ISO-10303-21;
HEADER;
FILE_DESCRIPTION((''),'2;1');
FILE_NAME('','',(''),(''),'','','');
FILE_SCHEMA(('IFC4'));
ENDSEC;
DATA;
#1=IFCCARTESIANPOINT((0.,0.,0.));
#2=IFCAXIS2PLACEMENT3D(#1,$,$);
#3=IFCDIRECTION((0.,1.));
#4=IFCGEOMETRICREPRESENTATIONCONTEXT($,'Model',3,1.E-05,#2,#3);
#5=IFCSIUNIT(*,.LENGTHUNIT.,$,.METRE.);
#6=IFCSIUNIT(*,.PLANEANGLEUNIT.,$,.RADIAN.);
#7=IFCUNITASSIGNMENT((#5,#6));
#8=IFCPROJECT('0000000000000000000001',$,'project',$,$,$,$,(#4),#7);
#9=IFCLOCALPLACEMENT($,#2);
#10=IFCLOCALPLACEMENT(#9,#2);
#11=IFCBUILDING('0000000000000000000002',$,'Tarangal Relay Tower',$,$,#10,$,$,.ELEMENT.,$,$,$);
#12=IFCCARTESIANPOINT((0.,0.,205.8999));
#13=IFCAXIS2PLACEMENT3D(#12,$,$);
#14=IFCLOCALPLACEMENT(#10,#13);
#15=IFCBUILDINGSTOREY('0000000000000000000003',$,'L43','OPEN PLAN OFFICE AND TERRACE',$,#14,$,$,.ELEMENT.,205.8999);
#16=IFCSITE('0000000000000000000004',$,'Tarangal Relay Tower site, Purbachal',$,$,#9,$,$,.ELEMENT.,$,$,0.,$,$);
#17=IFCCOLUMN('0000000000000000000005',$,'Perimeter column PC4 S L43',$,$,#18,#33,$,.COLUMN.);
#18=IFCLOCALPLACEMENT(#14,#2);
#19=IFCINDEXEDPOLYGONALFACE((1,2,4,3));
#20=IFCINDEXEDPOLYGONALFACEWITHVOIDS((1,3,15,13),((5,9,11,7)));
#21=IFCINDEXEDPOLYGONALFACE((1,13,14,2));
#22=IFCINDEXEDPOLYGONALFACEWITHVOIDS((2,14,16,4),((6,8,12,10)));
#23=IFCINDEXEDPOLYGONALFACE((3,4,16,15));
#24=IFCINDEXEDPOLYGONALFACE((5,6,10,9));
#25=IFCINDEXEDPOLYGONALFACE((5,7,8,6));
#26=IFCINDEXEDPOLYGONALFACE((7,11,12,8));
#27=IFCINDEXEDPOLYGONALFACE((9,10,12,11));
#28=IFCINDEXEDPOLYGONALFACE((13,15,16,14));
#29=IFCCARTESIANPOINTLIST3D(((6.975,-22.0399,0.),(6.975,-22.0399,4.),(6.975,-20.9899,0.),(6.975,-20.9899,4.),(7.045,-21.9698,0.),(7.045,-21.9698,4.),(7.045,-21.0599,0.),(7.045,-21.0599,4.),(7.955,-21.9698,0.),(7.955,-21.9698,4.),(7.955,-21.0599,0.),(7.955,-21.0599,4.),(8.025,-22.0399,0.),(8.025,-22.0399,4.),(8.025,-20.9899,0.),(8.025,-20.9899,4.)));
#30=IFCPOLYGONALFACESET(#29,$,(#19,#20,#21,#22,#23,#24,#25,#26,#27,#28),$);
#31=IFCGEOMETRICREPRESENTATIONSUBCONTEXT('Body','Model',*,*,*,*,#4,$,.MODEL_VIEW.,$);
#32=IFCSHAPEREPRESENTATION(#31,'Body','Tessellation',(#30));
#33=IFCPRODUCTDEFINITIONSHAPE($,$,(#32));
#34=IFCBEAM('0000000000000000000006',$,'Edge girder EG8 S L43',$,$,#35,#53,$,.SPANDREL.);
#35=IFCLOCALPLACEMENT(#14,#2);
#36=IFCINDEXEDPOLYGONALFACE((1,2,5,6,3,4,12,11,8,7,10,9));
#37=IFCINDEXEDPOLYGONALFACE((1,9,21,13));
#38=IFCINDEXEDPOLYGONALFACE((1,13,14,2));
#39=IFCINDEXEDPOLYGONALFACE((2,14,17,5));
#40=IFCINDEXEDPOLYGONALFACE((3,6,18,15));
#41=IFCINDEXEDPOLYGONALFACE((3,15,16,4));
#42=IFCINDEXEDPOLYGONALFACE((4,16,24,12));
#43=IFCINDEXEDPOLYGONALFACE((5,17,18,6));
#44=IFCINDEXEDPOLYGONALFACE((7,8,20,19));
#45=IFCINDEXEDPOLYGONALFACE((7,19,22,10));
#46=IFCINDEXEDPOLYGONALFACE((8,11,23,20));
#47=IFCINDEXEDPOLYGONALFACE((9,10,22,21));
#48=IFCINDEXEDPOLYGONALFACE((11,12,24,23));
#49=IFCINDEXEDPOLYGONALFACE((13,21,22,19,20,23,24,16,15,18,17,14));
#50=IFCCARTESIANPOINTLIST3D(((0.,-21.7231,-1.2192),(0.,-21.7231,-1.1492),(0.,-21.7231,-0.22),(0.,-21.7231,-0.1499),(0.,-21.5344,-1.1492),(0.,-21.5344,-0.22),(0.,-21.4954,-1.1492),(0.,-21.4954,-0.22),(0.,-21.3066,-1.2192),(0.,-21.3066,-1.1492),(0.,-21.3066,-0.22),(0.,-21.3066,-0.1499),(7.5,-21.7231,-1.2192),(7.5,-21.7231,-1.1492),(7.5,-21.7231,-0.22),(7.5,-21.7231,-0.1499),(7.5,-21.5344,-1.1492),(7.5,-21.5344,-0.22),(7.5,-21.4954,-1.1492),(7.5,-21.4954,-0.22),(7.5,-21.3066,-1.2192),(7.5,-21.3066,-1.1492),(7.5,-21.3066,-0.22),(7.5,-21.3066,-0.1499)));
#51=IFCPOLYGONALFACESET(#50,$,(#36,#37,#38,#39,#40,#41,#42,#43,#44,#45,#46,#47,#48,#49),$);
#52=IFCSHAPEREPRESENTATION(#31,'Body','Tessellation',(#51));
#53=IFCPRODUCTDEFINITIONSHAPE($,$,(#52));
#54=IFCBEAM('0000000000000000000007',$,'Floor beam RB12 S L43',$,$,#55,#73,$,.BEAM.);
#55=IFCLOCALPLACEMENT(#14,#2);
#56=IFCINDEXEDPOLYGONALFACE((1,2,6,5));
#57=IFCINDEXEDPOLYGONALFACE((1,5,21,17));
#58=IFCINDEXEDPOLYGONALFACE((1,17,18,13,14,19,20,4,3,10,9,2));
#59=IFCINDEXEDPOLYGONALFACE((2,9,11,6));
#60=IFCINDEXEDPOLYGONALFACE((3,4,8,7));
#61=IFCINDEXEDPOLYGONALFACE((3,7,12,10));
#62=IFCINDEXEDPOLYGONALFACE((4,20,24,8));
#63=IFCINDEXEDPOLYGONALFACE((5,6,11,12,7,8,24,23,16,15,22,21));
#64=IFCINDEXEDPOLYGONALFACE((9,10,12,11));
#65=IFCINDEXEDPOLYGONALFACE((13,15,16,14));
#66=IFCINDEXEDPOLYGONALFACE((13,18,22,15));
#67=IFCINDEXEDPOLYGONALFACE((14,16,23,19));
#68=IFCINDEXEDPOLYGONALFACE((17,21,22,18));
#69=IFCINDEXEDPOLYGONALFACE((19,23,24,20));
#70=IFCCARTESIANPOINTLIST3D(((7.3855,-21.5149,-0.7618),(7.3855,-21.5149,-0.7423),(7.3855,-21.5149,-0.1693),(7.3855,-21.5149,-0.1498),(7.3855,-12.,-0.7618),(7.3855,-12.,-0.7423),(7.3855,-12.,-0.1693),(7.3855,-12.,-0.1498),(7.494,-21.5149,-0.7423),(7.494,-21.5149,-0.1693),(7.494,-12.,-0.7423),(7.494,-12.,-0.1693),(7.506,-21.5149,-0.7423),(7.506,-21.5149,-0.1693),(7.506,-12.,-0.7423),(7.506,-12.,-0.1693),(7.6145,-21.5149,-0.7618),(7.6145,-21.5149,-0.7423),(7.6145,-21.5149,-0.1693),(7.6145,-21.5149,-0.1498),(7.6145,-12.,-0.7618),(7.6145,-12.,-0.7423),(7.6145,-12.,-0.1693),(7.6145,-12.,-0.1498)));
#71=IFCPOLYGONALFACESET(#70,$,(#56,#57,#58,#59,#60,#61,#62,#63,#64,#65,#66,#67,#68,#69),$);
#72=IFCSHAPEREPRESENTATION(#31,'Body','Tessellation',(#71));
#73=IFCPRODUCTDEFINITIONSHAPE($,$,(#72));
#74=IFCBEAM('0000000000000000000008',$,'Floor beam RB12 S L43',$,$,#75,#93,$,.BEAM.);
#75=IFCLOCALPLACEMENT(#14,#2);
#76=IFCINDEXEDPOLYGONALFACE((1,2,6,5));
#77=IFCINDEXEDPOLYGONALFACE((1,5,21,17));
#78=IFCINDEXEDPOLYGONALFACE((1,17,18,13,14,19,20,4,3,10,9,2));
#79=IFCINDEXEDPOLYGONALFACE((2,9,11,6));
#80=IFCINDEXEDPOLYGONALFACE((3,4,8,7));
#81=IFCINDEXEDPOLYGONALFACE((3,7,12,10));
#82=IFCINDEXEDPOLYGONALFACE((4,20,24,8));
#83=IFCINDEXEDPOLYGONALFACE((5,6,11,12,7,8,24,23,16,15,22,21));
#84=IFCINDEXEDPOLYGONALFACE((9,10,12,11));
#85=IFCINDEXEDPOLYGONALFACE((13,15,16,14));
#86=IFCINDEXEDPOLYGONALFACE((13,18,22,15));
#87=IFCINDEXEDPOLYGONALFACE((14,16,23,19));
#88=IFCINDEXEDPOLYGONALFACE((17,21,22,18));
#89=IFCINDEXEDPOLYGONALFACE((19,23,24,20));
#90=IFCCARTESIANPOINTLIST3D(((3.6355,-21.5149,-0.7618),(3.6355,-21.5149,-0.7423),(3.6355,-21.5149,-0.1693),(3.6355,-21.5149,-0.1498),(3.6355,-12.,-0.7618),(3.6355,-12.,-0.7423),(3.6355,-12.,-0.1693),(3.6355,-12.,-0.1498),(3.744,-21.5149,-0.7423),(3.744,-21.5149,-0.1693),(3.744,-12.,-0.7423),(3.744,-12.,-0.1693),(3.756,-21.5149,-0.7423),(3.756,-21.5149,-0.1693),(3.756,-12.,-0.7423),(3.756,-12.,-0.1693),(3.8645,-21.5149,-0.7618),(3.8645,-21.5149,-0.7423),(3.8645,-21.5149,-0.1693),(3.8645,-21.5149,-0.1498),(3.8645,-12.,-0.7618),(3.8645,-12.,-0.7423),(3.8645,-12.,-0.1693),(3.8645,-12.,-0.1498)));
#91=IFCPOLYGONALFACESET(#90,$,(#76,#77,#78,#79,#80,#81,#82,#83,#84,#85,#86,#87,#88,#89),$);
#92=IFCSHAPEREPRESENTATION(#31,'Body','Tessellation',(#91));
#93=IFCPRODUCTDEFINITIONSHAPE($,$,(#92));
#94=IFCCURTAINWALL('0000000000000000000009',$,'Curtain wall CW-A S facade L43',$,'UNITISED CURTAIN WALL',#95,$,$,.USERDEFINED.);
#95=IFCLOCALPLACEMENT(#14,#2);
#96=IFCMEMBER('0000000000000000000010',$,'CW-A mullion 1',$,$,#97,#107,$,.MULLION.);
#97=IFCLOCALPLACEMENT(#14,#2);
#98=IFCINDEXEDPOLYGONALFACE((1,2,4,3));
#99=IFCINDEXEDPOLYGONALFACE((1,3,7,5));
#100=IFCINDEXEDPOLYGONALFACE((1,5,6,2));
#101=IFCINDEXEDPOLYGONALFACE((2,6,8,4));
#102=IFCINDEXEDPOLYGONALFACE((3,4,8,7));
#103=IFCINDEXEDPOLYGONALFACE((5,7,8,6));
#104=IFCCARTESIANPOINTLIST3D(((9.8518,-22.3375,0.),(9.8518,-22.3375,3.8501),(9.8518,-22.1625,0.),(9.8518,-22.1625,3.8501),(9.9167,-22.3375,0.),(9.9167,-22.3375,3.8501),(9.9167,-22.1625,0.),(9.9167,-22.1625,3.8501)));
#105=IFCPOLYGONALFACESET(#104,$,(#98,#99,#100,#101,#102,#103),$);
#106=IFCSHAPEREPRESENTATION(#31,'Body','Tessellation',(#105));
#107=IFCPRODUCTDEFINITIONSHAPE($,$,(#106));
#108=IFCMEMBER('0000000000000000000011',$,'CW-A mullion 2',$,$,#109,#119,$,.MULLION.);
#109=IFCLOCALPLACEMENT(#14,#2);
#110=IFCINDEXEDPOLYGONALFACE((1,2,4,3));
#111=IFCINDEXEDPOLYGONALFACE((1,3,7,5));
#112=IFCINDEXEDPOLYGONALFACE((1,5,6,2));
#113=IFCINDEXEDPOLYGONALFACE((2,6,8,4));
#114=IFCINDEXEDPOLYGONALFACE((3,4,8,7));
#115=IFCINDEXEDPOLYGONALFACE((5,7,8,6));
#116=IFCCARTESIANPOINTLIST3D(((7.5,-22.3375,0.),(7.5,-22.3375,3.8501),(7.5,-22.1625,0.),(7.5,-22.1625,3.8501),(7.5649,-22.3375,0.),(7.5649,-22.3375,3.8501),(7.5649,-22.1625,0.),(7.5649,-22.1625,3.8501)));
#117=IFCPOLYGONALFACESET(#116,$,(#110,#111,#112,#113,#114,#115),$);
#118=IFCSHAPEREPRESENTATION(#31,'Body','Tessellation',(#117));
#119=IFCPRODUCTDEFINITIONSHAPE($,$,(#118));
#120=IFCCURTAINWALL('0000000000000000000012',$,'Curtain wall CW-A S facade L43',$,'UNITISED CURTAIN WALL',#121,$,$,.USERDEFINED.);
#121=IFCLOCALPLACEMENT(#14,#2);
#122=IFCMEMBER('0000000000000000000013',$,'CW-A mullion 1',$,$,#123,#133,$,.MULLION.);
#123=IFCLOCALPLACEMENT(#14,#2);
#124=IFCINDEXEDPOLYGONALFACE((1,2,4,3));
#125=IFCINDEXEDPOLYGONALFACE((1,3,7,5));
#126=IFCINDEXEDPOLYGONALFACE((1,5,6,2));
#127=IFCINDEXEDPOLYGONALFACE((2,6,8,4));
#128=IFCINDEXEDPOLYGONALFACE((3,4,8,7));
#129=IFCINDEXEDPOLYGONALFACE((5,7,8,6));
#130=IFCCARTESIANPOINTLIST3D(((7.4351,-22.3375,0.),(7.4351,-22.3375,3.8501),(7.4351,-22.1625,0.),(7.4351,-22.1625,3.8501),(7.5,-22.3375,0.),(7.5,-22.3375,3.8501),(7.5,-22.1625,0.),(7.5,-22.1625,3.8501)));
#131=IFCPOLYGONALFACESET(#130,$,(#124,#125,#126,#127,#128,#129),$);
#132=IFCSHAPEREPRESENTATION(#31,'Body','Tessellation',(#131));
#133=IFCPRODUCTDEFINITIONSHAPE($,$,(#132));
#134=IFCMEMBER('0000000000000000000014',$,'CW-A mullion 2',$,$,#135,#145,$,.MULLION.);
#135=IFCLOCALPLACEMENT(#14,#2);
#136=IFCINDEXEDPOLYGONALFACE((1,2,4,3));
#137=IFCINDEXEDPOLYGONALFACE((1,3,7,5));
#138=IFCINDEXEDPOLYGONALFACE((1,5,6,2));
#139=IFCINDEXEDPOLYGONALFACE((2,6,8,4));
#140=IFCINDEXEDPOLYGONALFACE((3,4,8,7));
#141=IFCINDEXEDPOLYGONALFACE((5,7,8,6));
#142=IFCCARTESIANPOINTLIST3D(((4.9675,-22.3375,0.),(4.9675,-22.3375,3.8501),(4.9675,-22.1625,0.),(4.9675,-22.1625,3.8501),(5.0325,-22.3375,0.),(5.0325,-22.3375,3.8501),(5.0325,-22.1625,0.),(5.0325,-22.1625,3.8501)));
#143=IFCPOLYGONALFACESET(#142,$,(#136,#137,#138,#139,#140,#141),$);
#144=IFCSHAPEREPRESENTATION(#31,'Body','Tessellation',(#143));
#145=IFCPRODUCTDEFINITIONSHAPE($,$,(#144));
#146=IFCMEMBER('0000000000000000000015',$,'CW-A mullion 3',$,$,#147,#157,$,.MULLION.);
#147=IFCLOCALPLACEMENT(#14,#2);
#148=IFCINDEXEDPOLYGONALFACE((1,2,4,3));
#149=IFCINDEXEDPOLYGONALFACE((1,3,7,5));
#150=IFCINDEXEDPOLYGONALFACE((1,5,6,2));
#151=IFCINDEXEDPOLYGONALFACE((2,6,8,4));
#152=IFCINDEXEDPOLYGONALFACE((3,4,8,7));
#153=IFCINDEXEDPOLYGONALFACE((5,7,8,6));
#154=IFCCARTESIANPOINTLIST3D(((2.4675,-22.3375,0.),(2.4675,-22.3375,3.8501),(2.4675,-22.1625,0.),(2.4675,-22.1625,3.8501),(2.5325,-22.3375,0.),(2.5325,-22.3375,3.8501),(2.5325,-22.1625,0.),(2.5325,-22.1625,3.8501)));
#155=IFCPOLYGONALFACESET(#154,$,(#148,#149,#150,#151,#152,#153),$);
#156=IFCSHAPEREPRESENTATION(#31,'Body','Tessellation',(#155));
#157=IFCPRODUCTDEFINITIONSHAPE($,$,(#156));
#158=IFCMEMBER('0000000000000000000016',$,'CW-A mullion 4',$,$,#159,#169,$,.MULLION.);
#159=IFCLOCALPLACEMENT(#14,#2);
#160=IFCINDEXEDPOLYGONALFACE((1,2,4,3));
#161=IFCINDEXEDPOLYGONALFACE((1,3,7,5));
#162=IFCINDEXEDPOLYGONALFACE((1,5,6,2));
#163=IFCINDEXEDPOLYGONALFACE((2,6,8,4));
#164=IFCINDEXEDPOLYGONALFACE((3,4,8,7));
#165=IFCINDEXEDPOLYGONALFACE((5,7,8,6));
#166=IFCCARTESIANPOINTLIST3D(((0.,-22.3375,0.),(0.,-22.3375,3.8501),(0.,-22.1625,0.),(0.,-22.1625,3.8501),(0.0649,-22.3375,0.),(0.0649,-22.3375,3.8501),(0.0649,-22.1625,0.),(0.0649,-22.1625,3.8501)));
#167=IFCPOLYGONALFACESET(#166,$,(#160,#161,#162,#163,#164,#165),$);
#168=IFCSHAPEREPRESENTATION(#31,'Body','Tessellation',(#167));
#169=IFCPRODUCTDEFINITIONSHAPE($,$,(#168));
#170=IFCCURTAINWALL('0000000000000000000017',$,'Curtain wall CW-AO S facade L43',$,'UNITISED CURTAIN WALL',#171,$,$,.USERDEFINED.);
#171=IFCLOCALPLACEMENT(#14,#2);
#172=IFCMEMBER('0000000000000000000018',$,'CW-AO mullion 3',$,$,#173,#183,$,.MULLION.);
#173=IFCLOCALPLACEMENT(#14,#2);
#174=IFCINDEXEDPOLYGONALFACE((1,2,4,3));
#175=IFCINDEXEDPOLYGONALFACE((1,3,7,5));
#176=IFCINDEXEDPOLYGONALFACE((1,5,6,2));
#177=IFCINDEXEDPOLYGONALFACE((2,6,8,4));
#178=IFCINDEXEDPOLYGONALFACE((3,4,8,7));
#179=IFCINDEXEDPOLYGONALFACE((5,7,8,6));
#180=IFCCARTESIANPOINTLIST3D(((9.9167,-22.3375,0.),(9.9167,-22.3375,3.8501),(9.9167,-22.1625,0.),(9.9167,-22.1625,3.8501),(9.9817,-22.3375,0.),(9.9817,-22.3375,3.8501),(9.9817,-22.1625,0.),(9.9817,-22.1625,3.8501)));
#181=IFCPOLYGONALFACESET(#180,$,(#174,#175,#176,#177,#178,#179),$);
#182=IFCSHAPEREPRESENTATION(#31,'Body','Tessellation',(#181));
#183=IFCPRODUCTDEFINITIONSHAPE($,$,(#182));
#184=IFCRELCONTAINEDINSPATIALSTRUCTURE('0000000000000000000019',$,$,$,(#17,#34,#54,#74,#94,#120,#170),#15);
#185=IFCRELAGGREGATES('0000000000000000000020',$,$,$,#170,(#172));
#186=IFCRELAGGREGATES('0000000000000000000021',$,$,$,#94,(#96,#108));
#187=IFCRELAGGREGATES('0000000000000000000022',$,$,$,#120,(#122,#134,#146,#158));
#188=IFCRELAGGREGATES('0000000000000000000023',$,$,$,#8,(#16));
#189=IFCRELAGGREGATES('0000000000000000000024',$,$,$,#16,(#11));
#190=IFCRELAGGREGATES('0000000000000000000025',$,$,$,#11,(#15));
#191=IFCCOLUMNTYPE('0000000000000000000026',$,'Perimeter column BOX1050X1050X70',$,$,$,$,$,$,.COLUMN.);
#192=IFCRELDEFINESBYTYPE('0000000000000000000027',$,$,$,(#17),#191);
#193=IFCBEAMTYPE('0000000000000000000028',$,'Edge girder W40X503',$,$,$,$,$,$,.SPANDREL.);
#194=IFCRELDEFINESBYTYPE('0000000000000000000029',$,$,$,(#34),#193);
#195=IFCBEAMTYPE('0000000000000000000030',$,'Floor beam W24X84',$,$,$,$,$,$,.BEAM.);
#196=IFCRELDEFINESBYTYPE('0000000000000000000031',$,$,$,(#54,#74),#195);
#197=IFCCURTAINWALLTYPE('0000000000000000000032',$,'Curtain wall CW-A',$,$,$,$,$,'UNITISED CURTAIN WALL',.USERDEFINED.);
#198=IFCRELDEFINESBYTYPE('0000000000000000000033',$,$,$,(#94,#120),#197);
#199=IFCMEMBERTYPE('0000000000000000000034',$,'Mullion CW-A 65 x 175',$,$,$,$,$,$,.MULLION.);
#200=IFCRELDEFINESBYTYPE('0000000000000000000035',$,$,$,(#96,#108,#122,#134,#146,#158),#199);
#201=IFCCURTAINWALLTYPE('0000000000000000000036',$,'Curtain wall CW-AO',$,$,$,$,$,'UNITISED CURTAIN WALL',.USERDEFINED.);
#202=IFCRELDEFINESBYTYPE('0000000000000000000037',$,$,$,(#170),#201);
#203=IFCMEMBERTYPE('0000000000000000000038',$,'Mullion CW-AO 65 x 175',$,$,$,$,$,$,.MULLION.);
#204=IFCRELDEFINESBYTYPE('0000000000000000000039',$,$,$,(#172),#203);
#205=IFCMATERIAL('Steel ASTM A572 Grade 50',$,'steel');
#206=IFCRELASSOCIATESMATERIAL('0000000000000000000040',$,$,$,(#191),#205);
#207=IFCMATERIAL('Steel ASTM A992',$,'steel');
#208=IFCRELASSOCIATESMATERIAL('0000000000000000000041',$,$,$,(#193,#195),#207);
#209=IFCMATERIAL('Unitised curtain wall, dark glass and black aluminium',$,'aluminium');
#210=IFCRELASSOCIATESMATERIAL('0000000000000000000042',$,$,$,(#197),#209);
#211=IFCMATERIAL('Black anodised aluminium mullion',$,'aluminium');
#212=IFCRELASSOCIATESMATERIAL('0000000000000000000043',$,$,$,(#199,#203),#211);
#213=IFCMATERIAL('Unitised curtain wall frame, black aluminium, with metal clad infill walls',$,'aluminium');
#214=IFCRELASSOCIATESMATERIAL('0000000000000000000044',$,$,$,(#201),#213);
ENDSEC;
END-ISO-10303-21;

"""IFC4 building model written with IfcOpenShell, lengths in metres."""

from ifc_helpers import new_model, si_unit, direction, frame, origin, origin_2d, place, context, subcontext, project, spatial, rectangle, hollow_rectangle, i_section, extrude, material, material_profile, profile_set, type_object, element, aggregate, save


model = new_model("IFC4")

# Units and contexts
model_context = context("Model", 3, precision=1e-05, world=origin(), true_north=direction((0.0, 1.0)))
body_context = subcontext(model_context, "Body", "Model", "MODEL_VIEW")
ifc_project = project(units=[si_unit("LENGTHUNIT", "METRE"), si_unit("PLANEANGLEUNIT", "RADIAN")], contexts=[model_context])

# Site, building, storey
site_placement = place(None, origin())
site = spatial("IfcSite", under=ifc_project, at=site_placement, Name="Tarangal Relay Tower site, Purbachal", CompositionType="ELEMENT", RefElevation=0.0)
building_placement = place(site_placement, origin())
building = spatial("IfcBuilding", under=site, at=building_placement, Name="Tarangal Relay Tower", CompositionType="ELEMENT")
storey_placement = place(building_placement, frame((0.0, 0.0, 205.8999)))
storey = spatial("IfcBuildingStorey", under=building, at=storey_placement, Name="L43", Description="OPEN PLAN OFFICE AND TERRACE", CompositionType="ELEMENT", Elevation=205.8999)

# Column
ifc_material_1 = material(Name="Steel ASTM A572 Grade 50", Category="steel")
ifc_material_profile_1 = material_profile(ifc_material_1, hollow_rectangle(XDim=1.05, YDim=1.05, WallThickness=0.0701, at=origin_2d()), Name="BOX1050X1050X70")
ifc_profile_set_1 = profile_set([ifc_material_profile_1], Name="Steel ASTM A572 Grade 50")
column_type = type_object("IfcColumnType", Name="Perimeter column BOX1050X1050X70", PredefinedType="COLUMN", material=ifc_profile_set_1)
column_placement = place(storey_placement, frame((7.5, -21.5149, 0.0), z_axis=(0.0, 0.0, 1.0), x_axis=(1.0, 0.0, 0.0)))
element("IfcColumn", 1, at=column_placement, inside=storey, type_object=column_type, Name="Perimeter column PC4 S L43", PredefinedType="COLUMN", context=body_context, shape_type="SweptSolid", body=[
    extrude(hollow_rectangle(XDim=1.05, YDim=1.05, WallThickness=0.0701, at=origin_2d()), origin(), (0.0, 0.0, 1.0), 4.0),
])

# Beams
ifc_material_2 = material(Name="Steel ASTM A992", Category="steel")
ifc_material_profile_2 = material_profile(ifc_material_2, i_section(OverallWidth=0.4165, OverallDepth=1.0693, WebThickness=0.0391, FlangeThickness=0.0701, at=origin_2d()), Name="W40X503")
ifc_profile_set_2 = profile_set([ifc_material_profile_2], Name="Steel ASTM A992")
beam_type_1 = type_object("IfcBeamType", Name="Edge girder W40X503", PredefinedType="SPANDREL", material=ifc_profile_set_2)
beam_placement = place(storey_placement, frame((7.5, -21.5149, -0.6846), z_axis=(-1.0, 0.0, 0.0), x_axis=(0.0, -1.0, 0.0)))
element("IfcBeam", 2, at=beam_placement, inside=storey, type_object=beam_type_1, Name="Edge girder EG8 S L43", PredefinedType="SPANDREL", context=body_context, shape_type="SweptSolid", body=[
    extrude(i_section(OverallWidth=0.4165, OverallDepth=1.0693, WebThickness=0.0391, FlangeThickness=0.0701, at=origin_2d()), origin(), (0.0, 0.0, 1.0), 7.5),
])
ifc_material_profile_3 = material_profile(ifc_material_2, i_section(OverallWidth=0.229, OverallDepth=0.6121, WebThickness=0.012, FlangeThickness=0.0195, at=origin_2d()), Name="W24X84")
ifc_profile_set_3 = profile_set([ifc_material_profile_3], Name="Steel ASTM A992")
beam_type_2 = type_object("IfcBeamType", Name="Floor beam W24X84", PredefinedType="BEAM", material=ifc_profile_set_3)
for number, where, z_axis, x_axis, name in (
    (3, (7.5, -12.0, -0.4558), (0.0, -1.0, 0.0), (1.0, 0.0, 0.0), "Floor beam RB12 S L43"),
    (4, (3.75, -12.0, -0.4558), (0.0, -1.0, 0.0), (1.0, 0.0, 0.0), "Floor beam RB12 S L43"),
):
    element("IfcBeam", number, at=place(storey_placement, frame(where, z_axis=z_axis, x_axis=x_axis)), inside=storey, type_object=beam_type_2, Name=name, PredefinedType="BEAM", context=body_context, shape_type="SweptSolid", body=[
        extrude(i_section(OverallWidth=0.229, OverallDepth=0.6121, WebThickness=0.012, FlangeThickness=0.0195, at=origin_2d()), origin(), (0.0, 0.0, 1.0), 9.5149),
    ])

# Curtain walls, members
ifc_material_3 = material(Name="Unitised curtain wall, dark glass and black aluminium", Category="aluminium")
curtain_wall_type_1 = type_object("IfcCurtainWallType", Name="Curtain wall CW-A", ElementType="UNITISED CURTAIN WALL", PredefinedType="USERDEFINED", material=ifc_material_3)
curtain_wall_1_placement = place(storey_placement, origin())
curtain_wall_1 = element("IfcCurtainWall", 5, at=curtain_wall_1_placement, inside=storey, type_object=curtain_wall_type_1, Name="Curtain wall CW-A S facade L43", ObjectType="UNITISED CURTAIN WALL", PredefinedType="USERDEFINED")
ifc_material_4 = material(Name="Black anodised aluminium mullion", Category="aluminium")
ifc_material_profile_4 = material_profile(ifc_material_4, rectangle(XDim=0.175, YDim=0.0649, at=origin_2d()), Name="CW-AM 65X175")
ifc_profile_set_4 = profile_set([ifc_material_profile_4], Name="Black anodised aluminium mullion")
member_type_1 = type_object("IfcMemberType", Name="Mullion CW-A 65 x 175", PredefinedType="MULLION", material=ifc_profile_set_4)
member_1_placement = place(storey_placement, frame((9.8843, -22.25, 0.0), z_axis=(0.0, 0.0, 1.0), x_axis=(0.0, -1.0, 0.0)))
member_1 = element("IfcMember", 6, at=member_1_placement, type_object=member_type_1, Name="CW-A mullion 1", PredefinedType="MULLION", context=body_context, shape_type="SweptSolid", body=[
    extrude(rectangle(XDim=0.175, YDim=0.0649, at=origin_2d()), origin(), (0.0, 0.0, 1.0), 3.8501),
])
member_2_placement = place(storey_placement, frame((7.5325, -22.25, 0.0), z_axis=(0.0, 0.0, 1.0), x_axis=(0.0, -1.0, 0.0)))
member_2 = element("IfcMember", 7, at=member_2_placement, type_object=member_type_1, Name="CW-A mullion 2", PredefinedType="MULLION", context=body_context, shape_type="SweptSolid", body=[
    extrude(rectangle(XDim=0.175, YDim=0.0649, at=origin_2d()), origin(), (0.0, 0.0, 1.0), 3.8501),
])
curtain_wall_2_placement = place(storey_placement, origin())
curtain_wall_2 = element("IfcCurtainWall", 8, at=curtain_wall_2_placement, inside=storey, type_object=curtain_wall_type_1, Name="Curtain wall CW-A S facade L43", ObjectType="UNITISED CURTAIN WALL", PredefinedType="USERDEFINED")
member_3_placement = place(storey_placement, frame((7.4675, -22.25, 0.0), z_axis=(0.0, 0.0, 1.0), x_axis=(0.0, -1.0, 0.0)))
member_3 = element("IfcMember", 9, at=member_3_placement, type_object=member_type_1, Name="CW-A mullion 1", PredefinedType="MULLION", context=body_context, shape_type="SweptSolid", body=[
    extrude(rectangle(XDim=0.175, YDim=0.0649, at=origin_2d()), origin(), (0.0, 0.0, 1.0), 3.8501),
])
member_4_placement = place(storey_placement, frame((5.0, -22.25, 0.0), z_axis=(0.0, 0.0, 1.0), x_axis=(0.0, -1.0, 0.0)))
member_4 = element("IfcMember", 10, at=member_4_placement, type_object=member_type_1, Name="CW-A mullion 2", PredefinedType="MULLION", context=body_context, shape_type="SweptSolid", body=[
    extrude(rectangle(XDim=0.175, YDim=0.0649, at=origin_2d()), origin(), (0.0, 0.0, 1.0), 3.8501),
])
member_5_placement = place(storey_placement, frame((2.5, -22.25, 0.0), z_axis=(0.0, 0.0, 1.0), x_axis=(0.0, -1.0, 0.0)))
member_5 = element("IfcMember", 11, at=member_5_placement, type_object=member_type_1, Name="CW-A mullion 3", PredefinedType="MULLION", context=body_context, shape_type="SweptSolid", body=[
    extrude(rectangle(XDim=0.175, YDim=0.0649, at=origin_2d()), origin(), (0.0, 0.0, 1.0), 3.8501),
])
member_6_placement = place(storey_placement, frame((0.0325, -22.25, 0.0), z_axis=(0.0, 0.0, 1.0), x_axis=(0.0, -1.0, 0.0)))
member_6 = element("IfcMember", 12, at=member_6_placement, type_object=member_type_1, Name="CW-A mullion 4", PredefinedType="MULLION", context=body_context, shape_type="SweptSolid", body=[
    extrude(rectangle(XDim=0.175, YDim=0.0649, at=origin_2d()), origin(), (0.0, 0.0, 1.0), 3.8501),
])

# Curtain wall, member
ifc_material_5 = material(Name="Unitised curtain wall frame, black aluminium, with metal clad infill walls", Category="aluminium")
curtain_wall_type_2 = type_object("IfcCurtainWallType", Name="Curtain wall CW-AO", ElementType="UNITISED CURTAIN WALL", PredefinedType="USERDEFINED", material=ifc_material_5)
curtain_wall_3_placement = place(storey_placement, origin())
curtain_wall_3 = element("IfcCurtainWall", 13, at=curtain_wall_3_placement, inside=storey, type_object=curtain_wall_type_2, Name="Curtain wall CW-AO S facade L43", ObjectType="UNITISED CURTAIN WALL", PredefinedType="USERDEFINED")
ifc_material_profile_5 = material_profile(ifc_material_4, rectangle(XDim=0.175, YDim=0.0649, at=origin_2d()), Name="CW-AOM 65X175")
ifc_profile_set_5 = profile_set([ifc_material_profile_5], Name="Black anodised aluminium mullion")
member_type_2 = type_object("IfcMemberType", Name="Mullion CW-AO 65 x 175", PredefinedType="MULLION", material=ifc_profile_set_5)
member_7_placement = place(storey_placement, frame((9.9492, -22.25, 0.0), z_axis=(0.0, 0.0, 1.0), x_axis=(0.0, -1.0, 0.0)))
member_7 = element("IfcMember", 14, at=member_7_placement, type_object=member_type_2, Name="CW-AO mullion 3", PredefinedType="MULLION", context=body_context, shape_type="SweptSolid", body=[
    extrude(rectangle(XDim=0.175, YDim=0.0649, at=origin_2d()), origin(), (0.0, 0.0, 1.0), 3.8501),
])
aggregate(curtain_wall_3, [member_7])

aggregate(curtain_wall_1, [member_1, member_2])
aggregate(curtain_wall_2, [member_3, member_4, member_5, member_6])

save(model, "model.ifc")
